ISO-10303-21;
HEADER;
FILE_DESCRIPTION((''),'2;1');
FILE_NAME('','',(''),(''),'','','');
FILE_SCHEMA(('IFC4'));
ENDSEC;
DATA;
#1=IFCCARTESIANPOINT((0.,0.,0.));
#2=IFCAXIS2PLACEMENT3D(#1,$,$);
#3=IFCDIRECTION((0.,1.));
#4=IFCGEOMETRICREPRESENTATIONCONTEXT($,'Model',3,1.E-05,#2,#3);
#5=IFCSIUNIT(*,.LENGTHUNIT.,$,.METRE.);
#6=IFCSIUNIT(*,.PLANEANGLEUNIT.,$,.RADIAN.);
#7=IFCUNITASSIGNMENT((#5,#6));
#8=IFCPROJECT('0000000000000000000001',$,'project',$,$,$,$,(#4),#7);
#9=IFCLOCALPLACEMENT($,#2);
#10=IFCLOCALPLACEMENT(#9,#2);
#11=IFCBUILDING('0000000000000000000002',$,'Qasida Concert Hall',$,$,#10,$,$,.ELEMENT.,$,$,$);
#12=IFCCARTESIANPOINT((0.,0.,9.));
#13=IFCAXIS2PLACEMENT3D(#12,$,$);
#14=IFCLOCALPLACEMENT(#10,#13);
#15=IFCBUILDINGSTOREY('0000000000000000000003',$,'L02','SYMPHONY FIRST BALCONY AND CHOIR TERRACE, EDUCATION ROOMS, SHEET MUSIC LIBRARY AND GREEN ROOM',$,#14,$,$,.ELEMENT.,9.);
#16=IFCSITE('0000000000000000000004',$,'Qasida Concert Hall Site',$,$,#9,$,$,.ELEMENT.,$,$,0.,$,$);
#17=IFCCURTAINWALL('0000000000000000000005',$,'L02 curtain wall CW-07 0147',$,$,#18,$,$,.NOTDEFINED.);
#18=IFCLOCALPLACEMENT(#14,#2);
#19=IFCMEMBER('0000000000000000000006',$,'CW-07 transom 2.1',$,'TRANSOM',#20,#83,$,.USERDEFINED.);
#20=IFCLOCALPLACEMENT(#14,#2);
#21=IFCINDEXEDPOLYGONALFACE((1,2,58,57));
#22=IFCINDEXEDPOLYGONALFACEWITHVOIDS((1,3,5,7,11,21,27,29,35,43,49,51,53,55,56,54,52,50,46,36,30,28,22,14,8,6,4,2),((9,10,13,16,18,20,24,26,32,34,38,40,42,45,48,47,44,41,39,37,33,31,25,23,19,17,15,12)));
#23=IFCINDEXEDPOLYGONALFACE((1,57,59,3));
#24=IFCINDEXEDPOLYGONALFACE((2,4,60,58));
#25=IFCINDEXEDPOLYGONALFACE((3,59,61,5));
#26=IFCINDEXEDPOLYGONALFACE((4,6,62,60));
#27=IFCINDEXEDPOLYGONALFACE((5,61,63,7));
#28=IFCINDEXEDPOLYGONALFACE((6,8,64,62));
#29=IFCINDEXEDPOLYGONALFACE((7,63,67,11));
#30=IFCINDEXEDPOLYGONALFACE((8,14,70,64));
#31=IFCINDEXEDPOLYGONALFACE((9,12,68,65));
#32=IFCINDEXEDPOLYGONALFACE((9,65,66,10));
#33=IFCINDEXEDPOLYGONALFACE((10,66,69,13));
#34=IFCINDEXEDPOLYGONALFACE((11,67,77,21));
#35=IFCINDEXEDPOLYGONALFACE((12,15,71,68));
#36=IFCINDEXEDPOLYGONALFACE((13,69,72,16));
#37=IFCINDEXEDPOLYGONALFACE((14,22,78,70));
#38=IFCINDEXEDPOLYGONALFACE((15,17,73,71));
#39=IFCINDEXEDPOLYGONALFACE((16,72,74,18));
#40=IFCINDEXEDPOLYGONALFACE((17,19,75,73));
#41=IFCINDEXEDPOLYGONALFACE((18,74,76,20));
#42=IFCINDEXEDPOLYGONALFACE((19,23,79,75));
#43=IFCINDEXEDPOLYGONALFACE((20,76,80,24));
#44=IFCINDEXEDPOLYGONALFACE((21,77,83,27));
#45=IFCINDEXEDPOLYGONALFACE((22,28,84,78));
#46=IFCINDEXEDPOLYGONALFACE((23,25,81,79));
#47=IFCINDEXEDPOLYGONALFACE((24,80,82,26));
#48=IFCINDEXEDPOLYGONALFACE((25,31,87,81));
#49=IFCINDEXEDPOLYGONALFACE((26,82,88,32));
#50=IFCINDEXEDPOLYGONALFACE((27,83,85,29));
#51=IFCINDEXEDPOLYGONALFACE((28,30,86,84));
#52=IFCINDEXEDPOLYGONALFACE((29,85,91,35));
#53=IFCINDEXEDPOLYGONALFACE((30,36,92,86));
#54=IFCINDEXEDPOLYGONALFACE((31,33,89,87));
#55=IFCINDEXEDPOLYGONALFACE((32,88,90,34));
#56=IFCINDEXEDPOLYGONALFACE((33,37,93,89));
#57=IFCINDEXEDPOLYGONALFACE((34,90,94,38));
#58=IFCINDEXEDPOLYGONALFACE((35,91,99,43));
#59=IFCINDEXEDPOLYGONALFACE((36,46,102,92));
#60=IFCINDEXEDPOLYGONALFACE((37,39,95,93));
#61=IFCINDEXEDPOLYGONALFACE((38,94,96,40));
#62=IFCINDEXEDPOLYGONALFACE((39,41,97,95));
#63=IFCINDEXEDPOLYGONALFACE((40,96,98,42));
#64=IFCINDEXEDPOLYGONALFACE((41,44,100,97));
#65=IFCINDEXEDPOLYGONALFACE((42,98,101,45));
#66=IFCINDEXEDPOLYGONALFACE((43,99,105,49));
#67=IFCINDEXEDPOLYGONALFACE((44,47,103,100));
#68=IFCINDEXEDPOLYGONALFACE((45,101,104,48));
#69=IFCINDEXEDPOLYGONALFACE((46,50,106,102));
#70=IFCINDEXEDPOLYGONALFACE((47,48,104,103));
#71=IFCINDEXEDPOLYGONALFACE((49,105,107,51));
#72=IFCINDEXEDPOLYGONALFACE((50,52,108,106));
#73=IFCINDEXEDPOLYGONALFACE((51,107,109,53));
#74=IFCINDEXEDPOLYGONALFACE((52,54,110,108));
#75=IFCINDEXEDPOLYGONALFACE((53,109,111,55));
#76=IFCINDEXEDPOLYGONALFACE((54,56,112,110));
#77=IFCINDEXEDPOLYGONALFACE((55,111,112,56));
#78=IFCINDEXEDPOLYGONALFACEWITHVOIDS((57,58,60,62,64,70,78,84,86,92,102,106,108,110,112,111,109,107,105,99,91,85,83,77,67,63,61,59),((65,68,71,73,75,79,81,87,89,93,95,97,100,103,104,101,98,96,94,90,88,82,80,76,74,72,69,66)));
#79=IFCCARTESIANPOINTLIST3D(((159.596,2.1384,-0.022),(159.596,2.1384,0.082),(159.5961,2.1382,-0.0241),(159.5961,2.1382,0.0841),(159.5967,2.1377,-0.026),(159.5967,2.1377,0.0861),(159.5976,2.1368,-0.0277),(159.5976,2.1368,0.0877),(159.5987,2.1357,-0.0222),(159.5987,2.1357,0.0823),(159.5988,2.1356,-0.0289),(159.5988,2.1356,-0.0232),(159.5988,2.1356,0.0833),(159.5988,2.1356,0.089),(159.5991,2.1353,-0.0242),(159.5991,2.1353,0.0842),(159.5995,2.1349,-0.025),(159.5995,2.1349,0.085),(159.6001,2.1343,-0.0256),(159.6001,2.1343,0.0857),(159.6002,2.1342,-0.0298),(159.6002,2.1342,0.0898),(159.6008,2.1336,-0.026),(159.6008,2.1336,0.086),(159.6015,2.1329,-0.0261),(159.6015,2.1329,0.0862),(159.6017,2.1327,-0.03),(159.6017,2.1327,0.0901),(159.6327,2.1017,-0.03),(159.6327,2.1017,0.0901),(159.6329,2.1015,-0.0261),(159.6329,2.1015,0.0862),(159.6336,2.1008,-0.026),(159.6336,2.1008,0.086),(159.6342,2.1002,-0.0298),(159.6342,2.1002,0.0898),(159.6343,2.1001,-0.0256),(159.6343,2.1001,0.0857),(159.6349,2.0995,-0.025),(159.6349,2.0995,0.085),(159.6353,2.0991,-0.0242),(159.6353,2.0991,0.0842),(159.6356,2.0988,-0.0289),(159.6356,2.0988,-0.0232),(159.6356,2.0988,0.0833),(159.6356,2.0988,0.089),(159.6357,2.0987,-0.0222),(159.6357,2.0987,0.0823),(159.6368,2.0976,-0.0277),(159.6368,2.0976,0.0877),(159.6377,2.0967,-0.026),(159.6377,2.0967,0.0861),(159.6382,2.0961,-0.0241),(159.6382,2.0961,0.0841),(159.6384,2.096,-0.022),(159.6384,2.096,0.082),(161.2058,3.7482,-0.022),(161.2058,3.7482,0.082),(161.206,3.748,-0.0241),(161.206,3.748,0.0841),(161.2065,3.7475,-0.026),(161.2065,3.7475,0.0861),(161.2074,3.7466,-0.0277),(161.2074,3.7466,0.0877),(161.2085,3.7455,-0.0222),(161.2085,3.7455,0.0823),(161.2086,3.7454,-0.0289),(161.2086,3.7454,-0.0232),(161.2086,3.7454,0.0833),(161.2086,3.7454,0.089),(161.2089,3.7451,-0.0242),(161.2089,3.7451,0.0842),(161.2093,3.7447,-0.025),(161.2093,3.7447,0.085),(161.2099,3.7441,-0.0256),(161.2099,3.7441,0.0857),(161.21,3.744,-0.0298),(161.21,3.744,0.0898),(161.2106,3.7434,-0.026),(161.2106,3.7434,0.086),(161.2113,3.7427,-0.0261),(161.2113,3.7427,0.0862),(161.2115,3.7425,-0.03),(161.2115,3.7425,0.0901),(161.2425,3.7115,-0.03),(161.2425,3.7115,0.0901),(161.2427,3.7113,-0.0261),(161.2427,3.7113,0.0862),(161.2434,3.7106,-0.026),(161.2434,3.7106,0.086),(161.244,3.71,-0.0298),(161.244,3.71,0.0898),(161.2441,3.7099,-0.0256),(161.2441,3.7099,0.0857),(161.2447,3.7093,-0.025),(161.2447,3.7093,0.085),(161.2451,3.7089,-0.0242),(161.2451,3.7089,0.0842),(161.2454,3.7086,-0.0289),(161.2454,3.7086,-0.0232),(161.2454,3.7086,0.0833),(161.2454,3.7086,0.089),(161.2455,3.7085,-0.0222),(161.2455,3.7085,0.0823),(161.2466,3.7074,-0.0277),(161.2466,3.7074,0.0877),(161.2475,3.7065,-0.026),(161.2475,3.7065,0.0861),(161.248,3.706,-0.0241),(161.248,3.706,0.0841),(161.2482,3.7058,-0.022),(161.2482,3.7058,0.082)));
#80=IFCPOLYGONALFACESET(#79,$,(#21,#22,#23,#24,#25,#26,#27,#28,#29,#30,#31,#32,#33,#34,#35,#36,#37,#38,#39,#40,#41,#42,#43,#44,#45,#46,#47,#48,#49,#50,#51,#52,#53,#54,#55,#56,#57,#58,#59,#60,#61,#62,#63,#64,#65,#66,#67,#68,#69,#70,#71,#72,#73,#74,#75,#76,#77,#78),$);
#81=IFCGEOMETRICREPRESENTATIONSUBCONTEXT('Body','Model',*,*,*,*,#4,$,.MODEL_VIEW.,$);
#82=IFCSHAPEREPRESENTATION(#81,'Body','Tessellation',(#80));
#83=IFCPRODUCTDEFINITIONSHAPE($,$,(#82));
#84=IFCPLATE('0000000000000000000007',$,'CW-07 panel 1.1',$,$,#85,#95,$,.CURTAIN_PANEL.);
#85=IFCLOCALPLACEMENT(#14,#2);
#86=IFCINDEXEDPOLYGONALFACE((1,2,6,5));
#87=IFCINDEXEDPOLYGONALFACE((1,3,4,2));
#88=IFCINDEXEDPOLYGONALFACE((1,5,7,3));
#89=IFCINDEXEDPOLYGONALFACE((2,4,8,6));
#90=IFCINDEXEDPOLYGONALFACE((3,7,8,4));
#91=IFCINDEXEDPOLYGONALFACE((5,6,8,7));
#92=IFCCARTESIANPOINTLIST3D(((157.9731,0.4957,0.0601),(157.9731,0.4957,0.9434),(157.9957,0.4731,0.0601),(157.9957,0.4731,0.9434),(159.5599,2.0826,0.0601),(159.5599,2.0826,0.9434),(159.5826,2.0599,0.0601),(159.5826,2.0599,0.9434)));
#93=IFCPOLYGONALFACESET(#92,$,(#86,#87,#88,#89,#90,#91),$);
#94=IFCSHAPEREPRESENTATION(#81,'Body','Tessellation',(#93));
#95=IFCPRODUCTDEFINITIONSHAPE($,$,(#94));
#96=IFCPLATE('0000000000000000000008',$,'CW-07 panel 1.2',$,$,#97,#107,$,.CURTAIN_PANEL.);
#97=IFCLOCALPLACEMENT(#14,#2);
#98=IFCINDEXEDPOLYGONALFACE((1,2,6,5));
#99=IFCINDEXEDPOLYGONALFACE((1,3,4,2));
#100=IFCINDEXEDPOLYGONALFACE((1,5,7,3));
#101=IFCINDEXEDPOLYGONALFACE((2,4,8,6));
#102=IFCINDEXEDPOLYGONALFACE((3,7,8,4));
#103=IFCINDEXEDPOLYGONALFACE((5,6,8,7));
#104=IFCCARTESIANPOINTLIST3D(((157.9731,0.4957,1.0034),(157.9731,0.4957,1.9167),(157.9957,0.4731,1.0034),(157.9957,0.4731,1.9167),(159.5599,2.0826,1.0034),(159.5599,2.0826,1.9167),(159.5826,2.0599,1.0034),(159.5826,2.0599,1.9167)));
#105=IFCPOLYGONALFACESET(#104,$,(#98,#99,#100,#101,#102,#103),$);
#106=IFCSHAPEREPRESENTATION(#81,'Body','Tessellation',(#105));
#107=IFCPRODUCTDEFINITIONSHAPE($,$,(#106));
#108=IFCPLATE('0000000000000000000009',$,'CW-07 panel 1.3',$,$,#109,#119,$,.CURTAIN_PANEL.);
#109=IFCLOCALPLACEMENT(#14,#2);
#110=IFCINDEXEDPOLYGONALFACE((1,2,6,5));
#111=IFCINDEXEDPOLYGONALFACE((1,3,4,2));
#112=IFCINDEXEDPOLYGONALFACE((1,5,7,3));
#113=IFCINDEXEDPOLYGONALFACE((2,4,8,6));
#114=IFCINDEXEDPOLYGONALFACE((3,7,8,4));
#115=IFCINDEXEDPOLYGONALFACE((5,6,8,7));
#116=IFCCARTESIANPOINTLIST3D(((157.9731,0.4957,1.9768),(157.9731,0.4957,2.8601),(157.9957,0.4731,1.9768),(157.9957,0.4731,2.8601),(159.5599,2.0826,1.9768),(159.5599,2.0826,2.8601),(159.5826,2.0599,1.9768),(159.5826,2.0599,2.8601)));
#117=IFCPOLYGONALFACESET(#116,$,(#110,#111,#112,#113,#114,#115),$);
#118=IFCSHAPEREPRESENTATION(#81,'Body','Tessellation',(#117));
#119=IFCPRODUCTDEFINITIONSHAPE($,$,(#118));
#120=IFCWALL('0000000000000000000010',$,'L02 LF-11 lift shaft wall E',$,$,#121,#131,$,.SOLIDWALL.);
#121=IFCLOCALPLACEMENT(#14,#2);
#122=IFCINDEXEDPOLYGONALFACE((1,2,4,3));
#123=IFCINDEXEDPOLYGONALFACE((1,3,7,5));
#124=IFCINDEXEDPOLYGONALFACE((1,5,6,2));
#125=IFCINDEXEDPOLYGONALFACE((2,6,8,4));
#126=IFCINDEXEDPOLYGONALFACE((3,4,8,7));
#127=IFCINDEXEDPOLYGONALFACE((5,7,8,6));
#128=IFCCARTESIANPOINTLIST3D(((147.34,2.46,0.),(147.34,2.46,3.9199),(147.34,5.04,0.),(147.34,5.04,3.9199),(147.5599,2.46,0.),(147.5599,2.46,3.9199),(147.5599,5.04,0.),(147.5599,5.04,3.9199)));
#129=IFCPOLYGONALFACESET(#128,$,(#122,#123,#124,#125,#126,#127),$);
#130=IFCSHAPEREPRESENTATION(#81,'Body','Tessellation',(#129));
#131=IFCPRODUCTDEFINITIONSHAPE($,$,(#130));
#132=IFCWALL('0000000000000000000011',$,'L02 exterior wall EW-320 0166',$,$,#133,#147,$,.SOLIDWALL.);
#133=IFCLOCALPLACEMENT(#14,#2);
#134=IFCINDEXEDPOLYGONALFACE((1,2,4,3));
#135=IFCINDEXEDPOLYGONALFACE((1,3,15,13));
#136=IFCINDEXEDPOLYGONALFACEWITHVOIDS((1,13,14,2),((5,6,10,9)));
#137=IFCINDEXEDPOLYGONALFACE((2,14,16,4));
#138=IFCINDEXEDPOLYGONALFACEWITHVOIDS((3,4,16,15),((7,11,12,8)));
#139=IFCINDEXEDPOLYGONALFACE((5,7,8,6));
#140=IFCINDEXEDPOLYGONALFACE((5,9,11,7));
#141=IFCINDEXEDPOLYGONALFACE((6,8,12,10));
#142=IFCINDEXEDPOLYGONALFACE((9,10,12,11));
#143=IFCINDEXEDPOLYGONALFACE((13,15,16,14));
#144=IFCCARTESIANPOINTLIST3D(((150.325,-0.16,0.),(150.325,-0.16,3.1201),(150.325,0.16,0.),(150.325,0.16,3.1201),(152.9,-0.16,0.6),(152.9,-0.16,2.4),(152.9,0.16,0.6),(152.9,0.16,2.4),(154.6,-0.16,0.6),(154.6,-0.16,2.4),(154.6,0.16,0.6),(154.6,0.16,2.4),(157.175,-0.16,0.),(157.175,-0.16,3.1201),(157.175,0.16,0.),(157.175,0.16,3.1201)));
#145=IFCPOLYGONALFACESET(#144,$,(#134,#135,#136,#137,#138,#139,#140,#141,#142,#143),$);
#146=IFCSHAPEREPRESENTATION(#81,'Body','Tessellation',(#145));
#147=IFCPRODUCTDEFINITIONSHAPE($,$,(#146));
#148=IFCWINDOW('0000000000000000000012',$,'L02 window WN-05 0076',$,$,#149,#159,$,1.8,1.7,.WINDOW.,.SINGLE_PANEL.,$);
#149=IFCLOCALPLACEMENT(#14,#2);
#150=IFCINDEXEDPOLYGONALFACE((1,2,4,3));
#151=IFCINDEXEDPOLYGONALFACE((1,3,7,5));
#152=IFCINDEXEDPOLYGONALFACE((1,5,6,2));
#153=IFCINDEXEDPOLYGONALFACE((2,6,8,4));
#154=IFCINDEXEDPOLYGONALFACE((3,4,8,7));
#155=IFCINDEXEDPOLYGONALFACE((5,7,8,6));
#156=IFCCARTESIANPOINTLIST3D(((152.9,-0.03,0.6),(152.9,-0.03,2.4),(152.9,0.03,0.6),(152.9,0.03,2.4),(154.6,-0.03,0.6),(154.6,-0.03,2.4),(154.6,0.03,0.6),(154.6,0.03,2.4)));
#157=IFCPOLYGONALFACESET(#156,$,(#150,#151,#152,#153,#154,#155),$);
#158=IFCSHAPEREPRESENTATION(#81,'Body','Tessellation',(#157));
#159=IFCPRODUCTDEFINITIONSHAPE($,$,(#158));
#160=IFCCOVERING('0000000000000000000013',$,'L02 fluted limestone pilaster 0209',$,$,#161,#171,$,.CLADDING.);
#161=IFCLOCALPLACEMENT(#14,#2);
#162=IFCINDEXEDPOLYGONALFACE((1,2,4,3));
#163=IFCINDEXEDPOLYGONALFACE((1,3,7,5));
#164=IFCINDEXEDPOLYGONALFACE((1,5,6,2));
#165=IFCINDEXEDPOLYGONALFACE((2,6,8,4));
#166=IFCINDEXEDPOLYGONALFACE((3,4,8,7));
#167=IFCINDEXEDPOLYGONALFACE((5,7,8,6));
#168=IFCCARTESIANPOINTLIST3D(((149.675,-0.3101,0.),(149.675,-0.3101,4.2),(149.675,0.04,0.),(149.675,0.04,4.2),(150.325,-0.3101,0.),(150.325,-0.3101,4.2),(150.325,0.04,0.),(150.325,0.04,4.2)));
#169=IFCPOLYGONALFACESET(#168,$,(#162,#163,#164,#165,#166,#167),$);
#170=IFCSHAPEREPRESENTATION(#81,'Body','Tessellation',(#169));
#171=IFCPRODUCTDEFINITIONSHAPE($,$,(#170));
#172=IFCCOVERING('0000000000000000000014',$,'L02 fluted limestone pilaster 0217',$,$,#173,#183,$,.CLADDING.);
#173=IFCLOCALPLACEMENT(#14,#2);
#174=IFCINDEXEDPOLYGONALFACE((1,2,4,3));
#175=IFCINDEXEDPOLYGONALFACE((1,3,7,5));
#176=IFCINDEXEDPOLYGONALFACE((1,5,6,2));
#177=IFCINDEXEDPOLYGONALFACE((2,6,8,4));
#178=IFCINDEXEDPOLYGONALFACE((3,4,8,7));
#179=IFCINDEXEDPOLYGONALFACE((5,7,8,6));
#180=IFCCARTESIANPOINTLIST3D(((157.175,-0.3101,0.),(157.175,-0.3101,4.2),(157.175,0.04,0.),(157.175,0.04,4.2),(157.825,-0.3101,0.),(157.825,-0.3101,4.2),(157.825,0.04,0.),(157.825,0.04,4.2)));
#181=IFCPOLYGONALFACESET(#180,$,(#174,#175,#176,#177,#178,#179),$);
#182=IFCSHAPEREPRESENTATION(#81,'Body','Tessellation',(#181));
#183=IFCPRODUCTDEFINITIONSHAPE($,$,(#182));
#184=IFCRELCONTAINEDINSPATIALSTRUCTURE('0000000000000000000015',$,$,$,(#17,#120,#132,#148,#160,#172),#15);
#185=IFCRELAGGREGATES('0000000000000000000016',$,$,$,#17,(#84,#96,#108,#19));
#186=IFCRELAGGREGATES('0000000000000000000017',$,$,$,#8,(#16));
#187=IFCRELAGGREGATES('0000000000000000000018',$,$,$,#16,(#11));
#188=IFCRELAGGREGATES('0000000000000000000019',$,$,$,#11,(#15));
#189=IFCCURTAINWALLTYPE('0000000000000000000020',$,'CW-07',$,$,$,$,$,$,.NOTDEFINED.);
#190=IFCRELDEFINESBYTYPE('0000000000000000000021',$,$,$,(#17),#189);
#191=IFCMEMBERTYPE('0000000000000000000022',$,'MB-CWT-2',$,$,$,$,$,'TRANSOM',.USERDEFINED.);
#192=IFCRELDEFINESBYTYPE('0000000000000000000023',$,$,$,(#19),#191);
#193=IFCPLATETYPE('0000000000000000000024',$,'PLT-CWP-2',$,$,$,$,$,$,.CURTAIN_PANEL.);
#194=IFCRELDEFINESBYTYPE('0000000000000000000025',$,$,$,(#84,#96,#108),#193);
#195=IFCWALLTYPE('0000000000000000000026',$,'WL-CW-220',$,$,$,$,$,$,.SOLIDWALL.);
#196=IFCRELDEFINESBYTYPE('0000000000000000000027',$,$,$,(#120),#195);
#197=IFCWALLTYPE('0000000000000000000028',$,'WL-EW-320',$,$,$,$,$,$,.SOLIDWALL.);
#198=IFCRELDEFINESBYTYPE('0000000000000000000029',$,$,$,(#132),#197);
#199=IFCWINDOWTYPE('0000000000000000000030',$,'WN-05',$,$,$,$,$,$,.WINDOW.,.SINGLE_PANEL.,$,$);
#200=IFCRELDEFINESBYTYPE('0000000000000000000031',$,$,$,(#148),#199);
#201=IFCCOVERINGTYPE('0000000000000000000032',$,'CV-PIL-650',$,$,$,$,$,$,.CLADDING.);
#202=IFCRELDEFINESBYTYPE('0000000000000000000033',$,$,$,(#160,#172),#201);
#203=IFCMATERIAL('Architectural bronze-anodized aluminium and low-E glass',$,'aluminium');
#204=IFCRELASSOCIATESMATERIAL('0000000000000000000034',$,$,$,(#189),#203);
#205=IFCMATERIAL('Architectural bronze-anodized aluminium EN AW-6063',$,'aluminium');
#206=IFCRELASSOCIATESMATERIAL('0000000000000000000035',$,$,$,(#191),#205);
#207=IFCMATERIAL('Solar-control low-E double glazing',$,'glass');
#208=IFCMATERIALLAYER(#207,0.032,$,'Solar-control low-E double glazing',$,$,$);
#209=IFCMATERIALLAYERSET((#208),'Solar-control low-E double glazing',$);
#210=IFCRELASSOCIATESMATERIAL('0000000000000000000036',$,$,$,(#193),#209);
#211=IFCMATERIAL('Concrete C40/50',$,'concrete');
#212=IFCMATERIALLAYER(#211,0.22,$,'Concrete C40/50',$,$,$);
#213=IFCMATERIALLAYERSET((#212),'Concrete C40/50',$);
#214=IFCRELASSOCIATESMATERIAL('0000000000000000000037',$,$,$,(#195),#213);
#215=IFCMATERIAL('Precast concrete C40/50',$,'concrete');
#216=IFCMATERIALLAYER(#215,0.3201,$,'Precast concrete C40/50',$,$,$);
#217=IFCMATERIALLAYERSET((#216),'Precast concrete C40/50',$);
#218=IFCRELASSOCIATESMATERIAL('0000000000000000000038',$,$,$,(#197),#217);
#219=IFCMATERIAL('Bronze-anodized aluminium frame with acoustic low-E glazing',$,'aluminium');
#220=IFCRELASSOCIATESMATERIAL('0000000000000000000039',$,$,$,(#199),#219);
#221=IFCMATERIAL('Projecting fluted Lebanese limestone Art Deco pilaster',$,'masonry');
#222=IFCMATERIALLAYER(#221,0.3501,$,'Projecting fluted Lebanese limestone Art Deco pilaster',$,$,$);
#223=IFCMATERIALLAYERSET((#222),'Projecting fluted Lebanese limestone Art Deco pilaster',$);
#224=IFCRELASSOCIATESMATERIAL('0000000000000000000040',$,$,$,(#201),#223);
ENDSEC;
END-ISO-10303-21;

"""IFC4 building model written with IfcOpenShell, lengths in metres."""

from ifc_helpers import new_model, si_unit, direction, frame, frame_2d, origin, origin_2d, place, context, subcontext, project, spatial, rectangle, hollow_rectangle, extrude, material, layer, layer_set, material_profile, profile_set, type_object, element, fill, aggregate, save


model = new_model("IFC4")

# Units and contexts
model_context = context("Model", 3, precision=1e-05, world=origin(), true_north=direction((0.0, 1.0)))
body_context = subcontext(model_context, "Body", "Model", "MODEL_VIEW")
ifc_project = project(units=[si_unit("LENGTHUNIT", "METRE"), si_unit("PLANEANGLEUNIT", "RADIAN")], contexts=[model_context])

# Site, building, storey
site_placement = place(None, origin())
site = spatial("IfcSite", under=ifc_project, at=site_placement, Name="Qasida Concert Hall Site", CompositionType="ELEMENT", RefElevation=0.0)
building_placement = place(site_placement, origin())
building = spatial("IfcBuilding", under=site, at=building_placement, Name="Qasida Concert Hall", CompositionType="ELEMENT")
storey_placement = place(building_placement, frame((0.0, 0.0, 9.0)))
storey = spatial("IfcBuildingStorey", under=building, at=storey_placement, Name="L02", Description="SYMPHONY FIRST BALCONY AND CHOIR TERRACE, EDUCATION ROOMS, SHEET MUSIC LIBRARY AND GREEN ROOM", CompositionType="ELEMENT", Elevation=9.0)

# Shared definitions
ifc_material_1 = material(Name="Concrete C40/50", Category="concrete")

# Curtain wall, member, plates
ifc_material_2 = material(Name="Architectural bronze-anodized aluminium and low-E glass", Category="aluminium")
curtain_wall_type = type_object("IfcCurtainWallType", Name="CW-07", PredefinedType="NOTDEFINED", material=ifc_material_2)
curtain_wall_placement = place(storey_placement, origin())
curtain_wall = element("IfcCurtainWall", 1, at=curtain_wall_placement, inside=storey, type_object=curtain_wall_type, Name="L02 curtain wall CW-07 0147", PredefinedType="NOTDEFINED")
ifc_material_3 = material(Name="Architectural bronze-anodized aluminium EN AW-6063", Category="aluminium")
ifc_material_profile_1 = material_profile(ifc_material_3, hollow_rectangle(XDim=0.0601, YDim=0.1201, WallThickness=0.0039, InnerFilletRadius=0.0039, OuterFilletRadius=0.0081, at=origin_2d()), Name="CWT 120x60x4")
ifc_profile_set_1 = profile_set([ifc_material_profile_1], Name="Architectural bronze-anodized aluminium EN AW-6063")
member_type_1 = type_object("IfcMemberType", Name="MB-CWT-2", ElementType="TRANSOM", PredefinedType="USERDEFINED", material=ifc_profile_set_1)
member_1_placement = place(storey_placement, frame((159.6172, 2.1172, 0.03), z_axis=(0.707107, 0.707107, 0.0), x_axis=(-0.707107, 0.707107, 0.0)))
member_1 = element("IfcMember", 2, at=member_1_placement, type_object=member_type_1, Name="CW-07 transom 2.1", ObjectType="TRANSOM", PredefinedType="USERDEFINED", context=body_context, shape_type="SweptSolid", body=[
    extrude(hollow_rectangle(XDim=0.0601, YDim=0.1201, WallThickness=0.0039, InnerFilletRadius=0.0039, OuterFilletRadius=0.0081, at=origin_2d()), origin(), (0.0, 0.0, 1.0), 2.2766),
])
ifc_material_4 = material(Name="Solar-control low-E double glazing", Category="glass")
ifc_layer_1 = layer(ifc_material_4, 0.032, Name="Solar-control low-E double glazing")
ifc_layer_set_1 = layer_set([ifc_layer_1], Name="Solar-control low-E double glazing")
plate_type = type_object("IfcPlateType", Name="PLT-CWP-2", PredefinedType="CURTAIN_PANEL", material=ifc_layer_set_1)
plate_1_placement = place(storey_placement, frame((158.7778, 1.2778, 0.0601), z_axis=(0.0, 0.0, 1.0), x_axis=(0.707107, 0.707107, 0.0)))
plate_1 = element("IfcPlate", 3, at=plate_1_placement, type_object=plate_type, Name="CW-07 panel 1.1", PredefinedType="CURTAIN_PANEL", context=body_context, shape_type="SweptSolid", body=[
    extrude(rectangle(XDim=2.2441, YDim=0.032, at=origin_2d()), origin(), (0.0, 0.0, 1.0), 0.8833),
])
plate_2_placement = place(storey_placement, frame((158.7778, 1.2778, 1.0034), z_axis=(0.0, 0.0, 1.0), x_axis=(0.707107, 0.707107, 0.0)))
plate_2 = element("IfcPlate", 4, at=plate_2_placement, type_object=plate_type, Name="CW-07 panel 1.2", PredefinedType="CURTAIN_PANEL", context=body_context, shape_type="SweptSolid", body=[
    extrude(rectangle(XDim=2.2441, YDim=0.032, at=origin_2d()), origin(), (0.0, 0.0, 1.0), 0.9133),
])
plate_3_placement = place(storey_placement, frame((158.7778, 1.2778, 1.9768), z_axis=(0.0, 0.0, 1.0), x_axis=(0.707107, 0.707107, 0.0)))
plate_3 = element("IfcPlate", 5, at=plate_3_placement, type_object=plate_type, Name="CW-07 panel 1.3", PredefinedType="CURTAIN_PANEL", context=body_context, shape_type="SweptSolid", body=[
    extrude(rectangle(XDim=2.2441, YDim=0.032, at=origin_2d()), origin(), (0.0, 0.0, 1.0), 0.8833),
])
aggregate(curtain_wall, [plate_1, plate_2, plate_3, member_1])

# Wall
ifc_layer_2 = layer(ifc_material_1, 0.22, Name="Concrete C40/50")
ifc_layer_set_2 = layer_set([ifc_layer_2], Name="Concrete C40/50")
wall_type_1 = type_object("IfcWallType", Name="WL-CW-220", PredefinedType="SOLIDWALL", material=ifc_layer_set_2)
wall_1_placement = place(storey_placement, frame((147.45, 2.46, 0.0), z_axis=(0.0, 0.0, 1.0), x_axis=(0.0, 1.0, 0.0)))
element("IfcWall", 6, at=wall_1_placement, inside=storey, type_object=wall_type_1, Name="L02 LF-11 lift shaft wall E", PredefinedType="SOLIDWALL", context=body_context, shape_type="SweptSolid", body=[
    extrude(rectangle(XDim=2.5801, YDim=0.22, at=frame_2d((1.29, 0.0))), origin(), (0.0, 0.0, 1.0), 3.9199),
])

# Wall, opening, window
ifc_material_5 = material(Name="Precast concrete C40/50", Category="concrete")
ifc_layer_3 = layer(ifc_material_5, 0.3201, Name="Precast concrete C40/50")
ifc_layer_set_3 = layer_set([ifc_layer_3], Name="Precast concrete C40/50")
wall_type_2 = type_object("IfcWallType", Name="WL-EW-320", PredefinedType="SOLIDWALL", material=ifc_layer_set_3)
wall_2_placement = place(storey_placement, frame((150.325, 0.0, 0.0), z_axis=(0.0, 0.0, 1.0), x_axis=(1.0, 0.0, 0.0)))
wall_2 = element("IfcWall", 7, at=wall_2_placement, inside=storey, type_object=wall_type_2, Name="L02 exterior wall EW-320 0166", PredefinedType="SOLIDWALL", context=body_context, shape_type="SweptSolid", body=[
    extrude(rectangle(XDim=6.8501, YDim=0.3201, at=frame_2d((3.425, 0.0))), origin(), (0.0, 0.0, 1.0), 3.1201),
])
opening_placement = place(wall_2_placement, frame((2.575, 0.0, 0.6001)))
opening = element("IfcOpeningElement", 8, at=opening_placement, cuts=wall_2, PredefinedType="OPENING", context=body_context, shape_type="SweptSolid", body=[
    extrude(rectangle(XDim=1.7, YDim=1.8, at=frame_2d((0.8501, 0.8999))), frame((0.0, 0.1699, 0.0), z_axis=(0.0, -1.0, 0.0), x_axis=(1.0, 0.0, 0.0)), (0.0, 0.0, 1.0), 0.3401),
])
ifc_material_6 = material(Name="Bronze-anodized aluminium frame with acoustic low-E glazing", Category="aluminium")
window_type = type_object("IfcWindowType", Name="WN-05", PartitioningType="SINGLE_PANEL", PredefinedType="WINDOW", material=ifc_material_6)
window_placement = place(opening_placement, origin())
window = element("IfcWindow", 9, at=window_placement, inside=storey, type_object=window_type, Name="L02 window WN-05 0076", OverallHeight=1.8, OverallWidth=1.7, PartitioningType="SINGLE_PANEL", PredefinedType="WINDOW", context=body_context, shape_type="SweptSolid", body=[
    extrude(rectangle(XDim=1.7, YDim=1.8, at=frame_2d((0.8501, 0.8999))), frame((0.0, 0.03, 0.0), z_axis=(0.0, -1.0, 0.0), x_axis=(1.0, 0.0, 0.0)), (0.0, 0.0, 1.0), 0.0601),
])
fill(opening, window)

# Coverings
ifc_material_7 = material(Name="Projecting fluted Lebanese limestone Art Deco pilaster", Category="masonry")
ifc_layer_4 = layer(ifc_material_7, 0.3501, Name="Projecting fluted Lebanese limestone Art Deco pilaster")
ifc_layer_set_4 = layer_set([ifc_layer_4], Name="Projecting fluted Lebanese limestone Art Deco pilaster")
covering_type = type_object("IfcCoveringType", Name="CV-PIL-650", PredefinedType="CLADDING", material=ifc_layer_set_4)
for number, where, z_axis, x_axis, name in (
    (10, (150.0, -0.135, 0.0), (0.0, 0.0, 1.0), (1.0, 0.0, 0.0), "L02 fluted limestone pilaster 0209"),
    (11, (157.5, -0.135, 0.0), (0.0, 0.0, 1.0), (1.0, 0.0, 0.0), "L02 fluted limestone pilaster 0217"),
):
    element("IfcCovering", number, at=place(storey_placement, frame(where, z_axis=z_axis, x_axis=x_axis)), inside=storey, type_object=covering_type, Name=name, PredefinedType="CLADDING", context=body_context, shape_type="SweptSolid", body=[
        extrude(rectangle(XDim=0.6499, YDim=0.3501, at=origin_2d()), origin(), (0.0, 0.0, 1.0), 4.2),
    ])

save(model, "model.ifc")
